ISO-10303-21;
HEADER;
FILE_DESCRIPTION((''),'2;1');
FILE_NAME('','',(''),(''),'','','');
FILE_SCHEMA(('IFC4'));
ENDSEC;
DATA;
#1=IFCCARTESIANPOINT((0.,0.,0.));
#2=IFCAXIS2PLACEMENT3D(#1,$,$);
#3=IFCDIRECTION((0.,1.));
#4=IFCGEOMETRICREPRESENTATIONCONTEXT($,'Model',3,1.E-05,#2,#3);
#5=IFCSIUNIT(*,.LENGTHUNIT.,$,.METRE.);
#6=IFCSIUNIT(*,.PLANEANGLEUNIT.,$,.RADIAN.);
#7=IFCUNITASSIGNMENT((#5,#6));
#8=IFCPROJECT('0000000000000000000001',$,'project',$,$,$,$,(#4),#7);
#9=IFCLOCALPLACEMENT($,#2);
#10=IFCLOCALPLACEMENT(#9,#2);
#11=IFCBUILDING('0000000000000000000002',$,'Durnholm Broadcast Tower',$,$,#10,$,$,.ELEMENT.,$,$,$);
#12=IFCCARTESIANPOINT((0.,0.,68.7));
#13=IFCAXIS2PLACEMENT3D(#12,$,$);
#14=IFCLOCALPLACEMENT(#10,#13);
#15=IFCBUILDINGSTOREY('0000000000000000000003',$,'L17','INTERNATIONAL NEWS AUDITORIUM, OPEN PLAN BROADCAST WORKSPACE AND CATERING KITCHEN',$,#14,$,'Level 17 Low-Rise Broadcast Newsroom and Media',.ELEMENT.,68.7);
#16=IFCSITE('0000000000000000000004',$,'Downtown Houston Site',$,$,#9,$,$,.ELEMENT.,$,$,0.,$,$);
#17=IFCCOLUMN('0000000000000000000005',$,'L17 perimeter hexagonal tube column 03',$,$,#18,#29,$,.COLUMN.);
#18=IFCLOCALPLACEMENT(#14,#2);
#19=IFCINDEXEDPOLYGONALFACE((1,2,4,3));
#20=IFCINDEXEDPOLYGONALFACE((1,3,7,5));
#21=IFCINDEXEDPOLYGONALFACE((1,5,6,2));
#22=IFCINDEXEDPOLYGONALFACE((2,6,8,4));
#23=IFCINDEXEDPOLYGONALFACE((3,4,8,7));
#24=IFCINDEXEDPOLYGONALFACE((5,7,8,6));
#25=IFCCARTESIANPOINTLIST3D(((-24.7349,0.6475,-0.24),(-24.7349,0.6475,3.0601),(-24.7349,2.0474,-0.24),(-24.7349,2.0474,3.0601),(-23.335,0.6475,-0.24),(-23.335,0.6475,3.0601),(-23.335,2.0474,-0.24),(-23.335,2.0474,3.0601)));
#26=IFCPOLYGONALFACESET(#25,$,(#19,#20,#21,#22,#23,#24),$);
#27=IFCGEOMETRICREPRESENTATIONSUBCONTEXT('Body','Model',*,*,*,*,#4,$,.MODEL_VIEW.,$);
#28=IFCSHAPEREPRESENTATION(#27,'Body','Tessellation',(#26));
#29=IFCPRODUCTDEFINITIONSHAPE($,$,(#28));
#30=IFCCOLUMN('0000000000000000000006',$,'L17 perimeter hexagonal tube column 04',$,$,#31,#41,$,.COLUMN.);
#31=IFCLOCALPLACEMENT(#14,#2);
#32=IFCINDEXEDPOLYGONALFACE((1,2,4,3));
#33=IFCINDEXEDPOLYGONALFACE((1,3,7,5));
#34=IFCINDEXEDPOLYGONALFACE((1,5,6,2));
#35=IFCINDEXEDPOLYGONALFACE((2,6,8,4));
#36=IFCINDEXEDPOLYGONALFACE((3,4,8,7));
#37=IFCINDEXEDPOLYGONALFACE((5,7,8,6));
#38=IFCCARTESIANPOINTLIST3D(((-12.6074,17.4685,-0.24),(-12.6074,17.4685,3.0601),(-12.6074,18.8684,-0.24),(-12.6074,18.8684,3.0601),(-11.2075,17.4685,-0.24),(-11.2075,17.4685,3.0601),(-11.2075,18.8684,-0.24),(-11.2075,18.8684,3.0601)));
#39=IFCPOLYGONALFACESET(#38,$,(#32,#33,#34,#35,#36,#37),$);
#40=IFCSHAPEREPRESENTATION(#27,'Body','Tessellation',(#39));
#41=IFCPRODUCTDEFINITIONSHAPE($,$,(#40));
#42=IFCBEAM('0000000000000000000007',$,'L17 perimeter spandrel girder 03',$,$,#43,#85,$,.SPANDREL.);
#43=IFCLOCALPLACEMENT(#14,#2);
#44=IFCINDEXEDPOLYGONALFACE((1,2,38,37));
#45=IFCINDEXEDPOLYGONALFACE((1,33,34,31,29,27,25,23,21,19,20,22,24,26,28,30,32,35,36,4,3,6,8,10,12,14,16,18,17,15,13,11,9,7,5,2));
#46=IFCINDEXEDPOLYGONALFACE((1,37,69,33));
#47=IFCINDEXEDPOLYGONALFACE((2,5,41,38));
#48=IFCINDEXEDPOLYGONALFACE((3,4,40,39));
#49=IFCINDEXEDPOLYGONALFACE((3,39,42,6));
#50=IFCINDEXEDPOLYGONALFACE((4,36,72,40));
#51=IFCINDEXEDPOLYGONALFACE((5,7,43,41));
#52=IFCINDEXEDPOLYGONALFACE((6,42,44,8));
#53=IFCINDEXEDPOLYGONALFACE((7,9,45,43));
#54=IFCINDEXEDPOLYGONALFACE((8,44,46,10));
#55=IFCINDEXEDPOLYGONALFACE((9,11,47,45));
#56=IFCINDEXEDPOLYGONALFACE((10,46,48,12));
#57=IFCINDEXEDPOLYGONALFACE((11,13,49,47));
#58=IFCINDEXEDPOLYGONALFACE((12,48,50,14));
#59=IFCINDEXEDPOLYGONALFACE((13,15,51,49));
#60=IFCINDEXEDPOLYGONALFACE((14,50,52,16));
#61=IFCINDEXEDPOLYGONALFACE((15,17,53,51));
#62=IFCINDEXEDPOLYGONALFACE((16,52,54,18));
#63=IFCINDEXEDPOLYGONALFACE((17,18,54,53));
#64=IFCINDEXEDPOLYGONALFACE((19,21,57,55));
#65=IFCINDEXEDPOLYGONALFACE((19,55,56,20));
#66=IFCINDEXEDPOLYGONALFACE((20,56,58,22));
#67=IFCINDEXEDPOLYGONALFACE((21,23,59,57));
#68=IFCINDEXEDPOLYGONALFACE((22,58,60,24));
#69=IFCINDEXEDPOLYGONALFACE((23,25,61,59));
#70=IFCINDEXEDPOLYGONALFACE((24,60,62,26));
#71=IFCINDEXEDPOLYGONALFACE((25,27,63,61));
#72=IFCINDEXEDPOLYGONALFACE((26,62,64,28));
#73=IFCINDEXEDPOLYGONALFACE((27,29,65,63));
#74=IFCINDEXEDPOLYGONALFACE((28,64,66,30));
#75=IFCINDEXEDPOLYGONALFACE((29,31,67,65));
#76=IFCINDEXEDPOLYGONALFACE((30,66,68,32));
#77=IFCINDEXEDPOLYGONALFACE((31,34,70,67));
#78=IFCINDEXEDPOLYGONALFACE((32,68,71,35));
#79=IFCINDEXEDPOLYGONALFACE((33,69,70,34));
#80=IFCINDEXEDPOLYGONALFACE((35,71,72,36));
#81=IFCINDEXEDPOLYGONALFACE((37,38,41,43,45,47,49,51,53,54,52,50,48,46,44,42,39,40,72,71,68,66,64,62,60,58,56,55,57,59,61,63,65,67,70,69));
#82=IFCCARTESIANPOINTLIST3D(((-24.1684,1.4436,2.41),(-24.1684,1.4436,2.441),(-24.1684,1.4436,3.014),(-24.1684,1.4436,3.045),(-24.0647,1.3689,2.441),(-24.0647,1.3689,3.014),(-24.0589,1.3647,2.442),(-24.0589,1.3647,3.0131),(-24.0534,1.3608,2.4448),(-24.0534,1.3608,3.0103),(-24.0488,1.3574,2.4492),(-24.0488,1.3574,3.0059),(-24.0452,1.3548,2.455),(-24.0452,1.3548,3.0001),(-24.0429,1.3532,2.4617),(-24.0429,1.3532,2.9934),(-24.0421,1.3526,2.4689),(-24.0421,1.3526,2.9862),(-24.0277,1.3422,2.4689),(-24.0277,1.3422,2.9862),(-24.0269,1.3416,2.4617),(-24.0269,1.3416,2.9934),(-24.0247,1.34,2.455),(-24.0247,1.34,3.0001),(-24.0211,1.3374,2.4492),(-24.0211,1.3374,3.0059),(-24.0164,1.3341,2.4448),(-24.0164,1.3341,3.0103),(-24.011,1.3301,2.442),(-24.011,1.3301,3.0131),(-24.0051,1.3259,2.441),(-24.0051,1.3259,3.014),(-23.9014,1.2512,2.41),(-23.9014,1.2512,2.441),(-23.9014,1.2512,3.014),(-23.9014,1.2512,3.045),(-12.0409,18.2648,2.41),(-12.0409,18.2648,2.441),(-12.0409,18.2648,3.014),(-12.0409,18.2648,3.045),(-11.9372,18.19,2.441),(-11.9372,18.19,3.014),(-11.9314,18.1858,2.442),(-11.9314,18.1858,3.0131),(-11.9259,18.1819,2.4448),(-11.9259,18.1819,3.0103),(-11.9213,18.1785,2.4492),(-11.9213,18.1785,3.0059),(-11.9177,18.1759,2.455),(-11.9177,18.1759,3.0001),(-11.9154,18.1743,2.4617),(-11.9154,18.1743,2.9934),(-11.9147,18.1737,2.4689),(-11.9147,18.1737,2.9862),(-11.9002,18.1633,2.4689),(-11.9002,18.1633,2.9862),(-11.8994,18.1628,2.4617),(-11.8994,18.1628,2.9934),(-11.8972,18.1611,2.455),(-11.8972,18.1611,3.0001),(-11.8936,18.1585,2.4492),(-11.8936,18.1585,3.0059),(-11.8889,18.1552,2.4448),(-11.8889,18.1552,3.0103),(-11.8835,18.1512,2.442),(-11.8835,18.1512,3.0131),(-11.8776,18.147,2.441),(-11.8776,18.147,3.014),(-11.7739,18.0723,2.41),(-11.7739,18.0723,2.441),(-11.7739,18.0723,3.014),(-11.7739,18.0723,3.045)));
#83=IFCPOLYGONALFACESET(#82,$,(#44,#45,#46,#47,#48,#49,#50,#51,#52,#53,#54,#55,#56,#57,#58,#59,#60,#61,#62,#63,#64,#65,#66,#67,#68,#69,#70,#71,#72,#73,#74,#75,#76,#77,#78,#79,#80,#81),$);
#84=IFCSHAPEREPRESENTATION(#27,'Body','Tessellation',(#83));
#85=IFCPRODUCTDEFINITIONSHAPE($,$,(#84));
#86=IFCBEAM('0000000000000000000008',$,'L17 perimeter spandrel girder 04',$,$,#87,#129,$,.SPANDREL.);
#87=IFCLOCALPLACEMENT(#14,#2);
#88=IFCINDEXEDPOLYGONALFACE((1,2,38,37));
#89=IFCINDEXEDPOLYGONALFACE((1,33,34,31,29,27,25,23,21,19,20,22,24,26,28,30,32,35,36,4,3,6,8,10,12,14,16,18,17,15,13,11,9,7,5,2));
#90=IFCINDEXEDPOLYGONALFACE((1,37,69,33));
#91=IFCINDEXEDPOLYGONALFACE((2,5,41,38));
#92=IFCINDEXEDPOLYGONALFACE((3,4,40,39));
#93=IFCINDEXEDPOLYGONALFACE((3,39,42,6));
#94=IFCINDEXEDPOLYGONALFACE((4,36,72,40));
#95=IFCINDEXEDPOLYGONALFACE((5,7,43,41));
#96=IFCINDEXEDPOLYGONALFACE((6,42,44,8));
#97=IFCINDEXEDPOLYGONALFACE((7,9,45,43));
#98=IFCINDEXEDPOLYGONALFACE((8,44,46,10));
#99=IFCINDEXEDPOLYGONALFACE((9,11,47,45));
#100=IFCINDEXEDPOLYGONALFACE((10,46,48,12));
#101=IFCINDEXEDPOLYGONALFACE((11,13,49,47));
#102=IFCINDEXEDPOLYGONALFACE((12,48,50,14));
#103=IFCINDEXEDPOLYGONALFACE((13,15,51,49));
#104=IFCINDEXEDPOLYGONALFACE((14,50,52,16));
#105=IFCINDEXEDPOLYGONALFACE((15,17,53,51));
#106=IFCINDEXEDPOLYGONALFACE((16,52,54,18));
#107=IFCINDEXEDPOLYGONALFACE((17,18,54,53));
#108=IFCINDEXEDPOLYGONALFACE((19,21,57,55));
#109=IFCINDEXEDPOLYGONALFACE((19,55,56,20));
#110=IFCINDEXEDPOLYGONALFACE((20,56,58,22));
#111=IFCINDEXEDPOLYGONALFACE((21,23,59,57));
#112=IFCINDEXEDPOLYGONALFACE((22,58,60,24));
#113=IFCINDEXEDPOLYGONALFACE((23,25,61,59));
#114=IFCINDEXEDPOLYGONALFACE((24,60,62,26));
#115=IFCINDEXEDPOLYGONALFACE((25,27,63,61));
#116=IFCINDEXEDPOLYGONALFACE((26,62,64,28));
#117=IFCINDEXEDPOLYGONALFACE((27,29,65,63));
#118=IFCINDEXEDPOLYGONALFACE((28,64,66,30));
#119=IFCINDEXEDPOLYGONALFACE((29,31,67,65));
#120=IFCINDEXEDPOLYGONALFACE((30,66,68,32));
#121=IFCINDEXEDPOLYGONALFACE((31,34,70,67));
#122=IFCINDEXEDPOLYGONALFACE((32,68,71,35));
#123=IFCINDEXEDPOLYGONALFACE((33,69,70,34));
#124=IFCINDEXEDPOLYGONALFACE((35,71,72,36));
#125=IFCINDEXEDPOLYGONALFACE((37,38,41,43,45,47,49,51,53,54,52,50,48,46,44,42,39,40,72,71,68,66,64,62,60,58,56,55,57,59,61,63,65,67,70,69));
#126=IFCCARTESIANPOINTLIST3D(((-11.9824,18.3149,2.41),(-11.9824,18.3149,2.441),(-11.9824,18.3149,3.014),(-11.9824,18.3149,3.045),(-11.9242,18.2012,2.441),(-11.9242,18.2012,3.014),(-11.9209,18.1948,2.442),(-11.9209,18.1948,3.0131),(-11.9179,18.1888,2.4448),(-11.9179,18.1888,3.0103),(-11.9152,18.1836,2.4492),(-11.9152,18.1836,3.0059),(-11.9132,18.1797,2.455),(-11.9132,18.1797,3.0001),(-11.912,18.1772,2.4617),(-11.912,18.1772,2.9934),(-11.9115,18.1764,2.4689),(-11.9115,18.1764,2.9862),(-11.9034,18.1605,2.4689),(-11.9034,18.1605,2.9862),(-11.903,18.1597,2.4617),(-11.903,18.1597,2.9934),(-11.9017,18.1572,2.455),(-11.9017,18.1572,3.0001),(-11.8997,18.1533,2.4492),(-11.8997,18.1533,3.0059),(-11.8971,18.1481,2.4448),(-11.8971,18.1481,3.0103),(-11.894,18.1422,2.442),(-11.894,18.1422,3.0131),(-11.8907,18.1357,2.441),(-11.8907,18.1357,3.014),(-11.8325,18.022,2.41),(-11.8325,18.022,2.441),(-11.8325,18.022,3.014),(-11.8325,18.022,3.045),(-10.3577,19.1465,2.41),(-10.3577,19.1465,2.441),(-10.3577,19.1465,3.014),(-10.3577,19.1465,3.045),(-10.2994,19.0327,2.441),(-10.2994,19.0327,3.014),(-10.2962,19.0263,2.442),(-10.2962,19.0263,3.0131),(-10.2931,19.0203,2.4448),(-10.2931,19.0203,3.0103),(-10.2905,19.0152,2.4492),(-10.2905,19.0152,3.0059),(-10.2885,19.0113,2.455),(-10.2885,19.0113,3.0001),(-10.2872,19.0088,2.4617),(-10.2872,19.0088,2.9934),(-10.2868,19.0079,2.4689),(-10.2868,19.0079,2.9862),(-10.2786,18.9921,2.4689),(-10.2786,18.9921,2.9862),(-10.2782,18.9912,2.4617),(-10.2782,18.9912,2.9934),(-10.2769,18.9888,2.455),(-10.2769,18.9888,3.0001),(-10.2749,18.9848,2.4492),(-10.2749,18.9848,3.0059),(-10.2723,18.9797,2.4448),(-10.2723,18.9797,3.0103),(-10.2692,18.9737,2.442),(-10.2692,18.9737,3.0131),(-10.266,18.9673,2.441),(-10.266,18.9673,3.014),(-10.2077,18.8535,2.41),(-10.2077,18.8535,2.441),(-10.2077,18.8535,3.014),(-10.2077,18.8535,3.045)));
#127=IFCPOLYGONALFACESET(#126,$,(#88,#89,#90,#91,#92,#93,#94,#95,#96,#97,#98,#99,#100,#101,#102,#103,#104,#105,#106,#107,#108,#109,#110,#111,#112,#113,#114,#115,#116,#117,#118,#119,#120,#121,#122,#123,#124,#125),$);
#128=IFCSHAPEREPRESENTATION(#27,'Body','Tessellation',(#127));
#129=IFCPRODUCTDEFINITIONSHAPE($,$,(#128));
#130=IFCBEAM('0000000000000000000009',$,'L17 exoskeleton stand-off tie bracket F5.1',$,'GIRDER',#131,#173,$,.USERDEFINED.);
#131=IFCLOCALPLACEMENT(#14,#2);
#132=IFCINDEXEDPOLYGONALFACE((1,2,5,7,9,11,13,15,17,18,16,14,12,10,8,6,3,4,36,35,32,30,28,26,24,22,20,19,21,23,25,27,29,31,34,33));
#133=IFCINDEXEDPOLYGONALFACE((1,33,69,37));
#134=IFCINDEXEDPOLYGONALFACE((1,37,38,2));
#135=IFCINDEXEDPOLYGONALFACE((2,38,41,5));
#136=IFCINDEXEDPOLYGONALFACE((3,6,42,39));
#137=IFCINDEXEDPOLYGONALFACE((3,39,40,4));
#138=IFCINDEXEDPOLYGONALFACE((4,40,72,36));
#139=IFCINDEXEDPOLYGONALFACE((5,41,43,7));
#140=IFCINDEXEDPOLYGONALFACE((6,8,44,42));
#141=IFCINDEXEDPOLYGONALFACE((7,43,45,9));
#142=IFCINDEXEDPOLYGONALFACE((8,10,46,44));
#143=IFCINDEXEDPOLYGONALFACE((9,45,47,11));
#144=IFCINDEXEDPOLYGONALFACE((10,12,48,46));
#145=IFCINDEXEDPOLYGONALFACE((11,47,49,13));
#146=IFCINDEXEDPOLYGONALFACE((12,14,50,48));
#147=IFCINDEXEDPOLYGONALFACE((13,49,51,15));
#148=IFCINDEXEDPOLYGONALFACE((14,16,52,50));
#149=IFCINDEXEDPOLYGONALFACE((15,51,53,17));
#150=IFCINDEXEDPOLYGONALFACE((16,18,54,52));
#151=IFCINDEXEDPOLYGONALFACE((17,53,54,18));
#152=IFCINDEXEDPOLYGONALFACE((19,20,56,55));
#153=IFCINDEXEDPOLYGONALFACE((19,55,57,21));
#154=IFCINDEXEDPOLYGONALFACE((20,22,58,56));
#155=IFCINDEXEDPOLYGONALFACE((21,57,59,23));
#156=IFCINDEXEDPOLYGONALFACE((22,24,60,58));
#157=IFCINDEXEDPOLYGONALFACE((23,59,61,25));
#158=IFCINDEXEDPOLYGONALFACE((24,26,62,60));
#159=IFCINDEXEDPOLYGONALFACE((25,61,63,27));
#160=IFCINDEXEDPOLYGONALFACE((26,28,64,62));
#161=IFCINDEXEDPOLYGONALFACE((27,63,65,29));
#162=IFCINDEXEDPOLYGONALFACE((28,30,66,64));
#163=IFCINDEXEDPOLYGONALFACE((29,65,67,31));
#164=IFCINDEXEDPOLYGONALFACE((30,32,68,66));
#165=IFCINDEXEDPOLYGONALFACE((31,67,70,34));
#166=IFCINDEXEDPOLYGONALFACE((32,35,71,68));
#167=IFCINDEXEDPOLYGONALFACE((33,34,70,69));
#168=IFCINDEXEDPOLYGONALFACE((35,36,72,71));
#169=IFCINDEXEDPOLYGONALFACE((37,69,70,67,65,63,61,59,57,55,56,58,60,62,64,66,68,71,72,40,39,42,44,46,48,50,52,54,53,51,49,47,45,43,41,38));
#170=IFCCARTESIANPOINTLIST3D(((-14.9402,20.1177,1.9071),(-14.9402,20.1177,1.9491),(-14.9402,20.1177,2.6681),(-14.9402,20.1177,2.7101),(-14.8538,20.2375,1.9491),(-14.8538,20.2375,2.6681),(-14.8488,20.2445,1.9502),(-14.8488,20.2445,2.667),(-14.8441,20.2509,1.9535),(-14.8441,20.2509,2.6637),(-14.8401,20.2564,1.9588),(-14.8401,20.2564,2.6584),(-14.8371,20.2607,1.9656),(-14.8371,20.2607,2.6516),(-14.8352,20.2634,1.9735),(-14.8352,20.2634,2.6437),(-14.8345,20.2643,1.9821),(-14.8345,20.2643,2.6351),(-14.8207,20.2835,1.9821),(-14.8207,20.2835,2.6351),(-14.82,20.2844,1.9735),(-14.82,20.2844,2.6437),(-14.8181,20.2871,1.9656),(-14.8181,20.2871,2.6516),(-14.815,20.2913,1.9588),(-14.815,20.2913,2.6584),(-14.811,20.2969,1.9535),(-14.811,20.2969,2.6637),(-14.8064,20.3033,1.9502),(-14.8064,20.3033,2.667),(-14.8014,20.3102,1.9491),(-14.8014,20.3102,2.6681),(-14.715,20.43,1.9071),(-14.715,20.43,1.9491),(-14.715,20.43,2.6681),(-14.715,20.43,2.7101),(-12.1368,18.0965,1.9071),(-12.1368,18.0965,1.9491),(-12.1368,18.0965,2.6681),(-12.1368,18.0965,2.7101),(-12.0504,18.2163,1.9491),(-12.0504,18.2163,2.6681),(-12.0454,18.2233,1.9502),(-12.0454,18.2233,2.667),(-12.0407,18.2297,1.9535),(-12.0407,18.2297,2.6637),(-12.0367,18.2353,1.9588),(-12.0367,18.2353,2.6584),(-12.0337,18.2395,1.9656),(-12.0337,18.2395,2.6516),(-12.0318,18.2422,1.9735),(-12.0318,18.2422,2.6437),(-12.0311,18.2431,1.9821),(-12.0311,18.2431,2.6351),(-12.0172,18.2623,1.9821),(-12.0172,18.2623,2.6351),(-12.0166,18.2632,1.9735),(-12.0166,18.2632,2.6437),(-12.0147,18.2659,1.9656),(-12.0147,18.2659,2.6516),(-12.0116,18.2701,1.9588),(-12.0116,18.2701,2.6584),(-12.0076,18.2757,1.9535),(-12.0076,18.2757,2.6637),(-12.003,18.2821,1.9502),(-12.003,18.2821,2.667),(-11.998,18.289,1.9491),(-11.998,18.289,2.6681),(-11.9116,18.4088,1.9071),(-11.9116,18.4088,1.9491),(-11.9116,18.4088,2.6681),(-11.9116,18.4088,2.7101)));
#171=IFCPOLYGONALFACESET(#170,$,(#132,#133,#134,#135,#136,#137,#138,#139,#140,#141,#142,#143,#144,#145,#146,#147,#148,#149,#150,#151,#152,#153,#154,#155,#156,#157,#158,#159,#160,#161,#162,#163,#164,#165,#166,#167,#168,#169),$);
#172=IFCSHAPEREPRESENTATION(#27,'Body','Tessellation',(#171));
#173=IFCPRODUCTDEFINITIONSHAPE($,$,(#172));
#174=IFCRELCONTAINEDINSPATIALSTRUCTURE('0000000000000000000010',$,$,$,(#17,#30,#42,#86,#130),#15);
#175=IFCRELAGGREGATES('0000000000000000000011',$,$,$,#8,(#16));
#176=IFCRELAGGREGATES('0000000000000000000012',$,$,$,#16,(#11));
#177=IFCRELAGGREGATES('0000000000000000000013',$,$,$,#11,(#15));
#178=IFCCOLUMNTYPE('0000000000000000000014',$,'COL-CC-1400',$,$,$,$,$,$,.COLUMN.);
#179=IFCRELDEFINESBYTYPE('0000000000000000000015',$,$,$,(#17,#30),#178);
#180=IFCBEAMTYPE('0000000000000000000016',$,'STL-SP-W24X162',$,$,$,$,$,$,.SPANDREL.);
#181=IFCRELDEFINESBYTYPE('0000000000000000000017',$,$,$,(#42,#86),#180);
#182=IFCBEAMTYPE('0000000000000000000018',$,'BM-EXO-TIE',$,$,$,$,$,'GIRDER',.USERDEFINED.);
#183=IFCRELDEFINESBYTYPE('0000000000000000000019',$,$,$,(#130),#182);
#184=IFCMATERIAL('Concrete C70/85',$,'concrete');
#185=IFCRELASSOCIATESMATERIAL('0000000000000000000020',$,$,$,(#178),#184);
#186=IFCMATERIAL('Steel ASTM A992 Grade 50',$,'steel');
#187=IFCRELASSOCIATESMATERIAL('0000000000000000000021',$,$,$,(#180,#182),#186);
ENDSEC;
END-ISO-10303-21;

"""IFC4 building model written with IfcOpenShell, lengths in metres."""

from ifc_helpers import new_model, si_unit, direction, frame, origin, origin_2d, place, context, subcontext, project, spatial, rectangle, i_section, extrude, source, transform, mapped, material, material_profile, profile_set, type_object, type_shapes, element, save


model = new_model("IFC4")

# Units and contexts
model_context = context("Model", 3, precision=1e-05, world=origin(), true_north=direction((0.0, 1.0)))
body_context = subcontext(model_context, "Body", "Model", "MODEL_VIEW")
ifc_project = project(units=[si_unit("LENGTHUNIT", "METRE"), si_unit("PLANEANGLEUNIT", "RADIAN")], contexts=[model_context])

# Site, building, storey
site_placement = place(None, origin())
site = spatial("IfcSite", under=ifc_project, at=site_placement, Name="Downtown Houston Site", CompositionType="ELEMENT", RefElevation=0.0)
building_placement = place(site_placement, origin())
building = spatial("IfcBuilding", under=site, at=building_placement, Name="Durnholm Broadcast Tower", CompositionType="ELEMENT")
storey_placement = place(building_placement, frame((0.0, 0.0, 68.7)))
storey = spatial("IfcBuildingStorey", under=building, at=storey_placement, Name="L17", Description="INTERNATIONAL NEWS AUDITORIUM, OPEN PLAN BROADCAST WORKSPACE AND CATERING KITCHEN", LongName="Level 17 Low-Rise Broadcast Newsroom and Media", CompositionType="ELEMENT", Elevation=68.7)

# Columns
ifc_material_1 = material(Name="Concrete C70/85", Category="concrete")
ifc_material_profile_1 = material_profile(ifc_material_1, rectangle(XDim=1.3999, YDim=1.3999, at=origin_2d()), Name="RC1400X1400")
ifc_profile_set_1 = profile_set([ifc_material_profile_1], Name="Concrete C70/85")
column_type = type_object("IfcColumnType", Name="COL-CC-1400", PredefinedType="COLUMN", material=ifc_profile_set_1)
shared_shape_1 = source(origin(), body_context, "Body", "SweptSolid", [
    extrude(rectangle(XDim=1.3999, YDim=1.3999, at=origin_2d()), origin(), (0.0, 0.0, 1.0), 3.3),
])
type_shapes(column_type, [shared_shape_1])
for number, where, z_axis, x_axis, name in (
    (1, (-24.0349, 1.3474, -0.24), (0.0, 0.0, 1.0), (1.0, 0.0, 0.0), "L17 perimeter hexagonal tube column 03"),
    (2, (-11.9075, 18.1685, -0.24), (0.0, 0.0, 1.0), (1.0, 0.0, 0.0), "L17 perimeter hexagonal tube column 04"),
):
    element("IfcColumn", number, at=place(storey_placement, frame(where, z_axis=z_axis, x_axis=x_axis)), inside=storey, type_object=column_type, Name=name, PredefinedType="COLUMN", context=body_context, shape_type="MappedRepresentation", body=[
        mapped(shared_shape_1, transform((0.0, 0.0, 0.0), x_axis=(1.0, 0.0, 0.0), y_axis=(0.0, 1.0, 0.0), z_axis=(0.0, 0.0, 1.0), scale=1.0)),
    ])

# Beams
ifc_material_2 = material(Name="Steel ASTM A992 Grade 50", Category="steel")
ifc_material_profile_2 = material_profile(ifc_material_2, i_section(OverallWidth=0.3291, OverallDepth=0.635, WebThickness=0.0178, FlangeThickness=0.031, FilletRadius=0.0278, at=origin_2d()), Name="W24X162")
ifc_profile_set_2 = profile_set([ifc_material_profile_2], Name="Steel ASTM A992 Grade 50")
beam_type_1 = type_object("IfcBeamType", Name="STL-SP-W24X162", PredefinedType="SPANDREL", material=ifc_profile_set_2)
shared_shape_2 = source(origin(), body_context, "Body", "SweptSolid", [
    extrude(i_section(OverallWidth=0.3291, OverallDepth=0.635, WebThickness=0.0178, FlangeThickness=0.031, FilletRadius=0.0278, at=origin_2d()), origin(), (0.0, 0.0, 1.0), 20.7371),
])
beam_1_placement = place(storey_placement, frame((-24.0349, 1.3474, 2.7275), z_axis=(0.584822, 0.811162, 0.0), x_axis=(-0.811162, 0.584822, 0.0)))
element("IfcBeam", 3, at=beam_1_placement, inside=storey, type_object=beam_type_1, Name="L17 perimeter spandrel girder 03", PredefinedType="SPANDREL", context=body_context, shape_type="MappedRepresentation", body=[
    mapped(shared_shape_2, transform((0.0, 0.0, 0.0), x_axis=(1.0, 0.0, 0.0), y_axis=(0.0, 1.0, 0.0), z_axis=(0.0, 0.0, 1.0), scale=1.0)),
])
shared_shape_3 = source(origin(), body_context, "Body", "SweptSolid", [
    extrude(i_section(OverallWidth=0.3291, OverallDepth=0.635, WebThickness=0.0178, FlangeThickness=0.031, FilletRadius=0.0278, at=origin_2d()), origin(), (0.0, 0.0, 1.0), 1.8252),
])
type_shapes(beam_type_1, [shared_shape_2, shared_shape_3])
beam_2_placement = place(storey_placement, frame((-11.9075, 18.1685, 2.7275), z_axis=(0.890188, 0.455594, 0.0), x_axis=(-0.455594, 0.890188, 0.0)))
element("IfcBeam", 4, at=beam_2_placement, inside=storey, type_object=beam_type_1, Name="L17 perimeter spandrel girder 04", PredefinedType="SPANDREL", context=body_context, shape_type="MappedRepresentation", body=[
    mapped(shared_shape_3, transform((0.0, 0.0, 0.0), x_axis=(1.0, 0.0, 0.0), y_axis=(0.0, 1.0, 0.0), z_axis=(0.0, 0.0, 1.0), scale=1.0)),
])
ifc_material_profile_3 = material_profile(ifc_material_2, i_section(OverallWidth=0.385, OverallDepth=0.803, WebThickness=0.0237, FlangeThickness=0.042, FilletRadius=0.033, at=origin_2d()), Name="W30X261")
ifc_profile_set_3 = profile_set([ifc_material_profile_3], Name="Steel ASTM A992 Grade 50")
beam_type_2 = type_object("IfcBeamType", Name="BM-EXO-TIE", ElementType="GIRDER", PredefinedType="USERDEFINED", material=ifc_profile_set_3)
shared_shape_4 = source(origin(), body_context, "Body", "SweptSolid", [
    extrude(i_section(OverallWidth=0.385, OverallDepth=0.803, WebThickness=0.0237, FlangeThickness=0.042, FilletRadius=0.033, at=origin_2d()), origin(), (0.0, 0.0, 1.0), 3.4561),
])
beam_3_placement = place(storey_placement, frame((-12.0242, 18.2527, 2.3086), z_axis=(-0.811158, 0.584828, 0.0), x_axis=(-0.584828, -0.811158, 0.0)))
element("IfcBeam", 5, at=beam_3_placement, inside=storey, type_object=beam_type_2, Name="L17 exoskeleton stand-off tie bracket F5.1", ObjectType="GIRDER", PredefinedType="USERDEFINED", context=body_context, shape_type="MappedRepresentation", body=[
    mapped(shared_shape_4, transform((0.0, 0.0, 0.0), x_axis=(1.0, 0.0, 0.0), y_axis=(0.0, 1.0, 0.0), z_axis=(0.0, 0.0, 1.0), scale=1.0)),
])

save(model, "model.ifc")
